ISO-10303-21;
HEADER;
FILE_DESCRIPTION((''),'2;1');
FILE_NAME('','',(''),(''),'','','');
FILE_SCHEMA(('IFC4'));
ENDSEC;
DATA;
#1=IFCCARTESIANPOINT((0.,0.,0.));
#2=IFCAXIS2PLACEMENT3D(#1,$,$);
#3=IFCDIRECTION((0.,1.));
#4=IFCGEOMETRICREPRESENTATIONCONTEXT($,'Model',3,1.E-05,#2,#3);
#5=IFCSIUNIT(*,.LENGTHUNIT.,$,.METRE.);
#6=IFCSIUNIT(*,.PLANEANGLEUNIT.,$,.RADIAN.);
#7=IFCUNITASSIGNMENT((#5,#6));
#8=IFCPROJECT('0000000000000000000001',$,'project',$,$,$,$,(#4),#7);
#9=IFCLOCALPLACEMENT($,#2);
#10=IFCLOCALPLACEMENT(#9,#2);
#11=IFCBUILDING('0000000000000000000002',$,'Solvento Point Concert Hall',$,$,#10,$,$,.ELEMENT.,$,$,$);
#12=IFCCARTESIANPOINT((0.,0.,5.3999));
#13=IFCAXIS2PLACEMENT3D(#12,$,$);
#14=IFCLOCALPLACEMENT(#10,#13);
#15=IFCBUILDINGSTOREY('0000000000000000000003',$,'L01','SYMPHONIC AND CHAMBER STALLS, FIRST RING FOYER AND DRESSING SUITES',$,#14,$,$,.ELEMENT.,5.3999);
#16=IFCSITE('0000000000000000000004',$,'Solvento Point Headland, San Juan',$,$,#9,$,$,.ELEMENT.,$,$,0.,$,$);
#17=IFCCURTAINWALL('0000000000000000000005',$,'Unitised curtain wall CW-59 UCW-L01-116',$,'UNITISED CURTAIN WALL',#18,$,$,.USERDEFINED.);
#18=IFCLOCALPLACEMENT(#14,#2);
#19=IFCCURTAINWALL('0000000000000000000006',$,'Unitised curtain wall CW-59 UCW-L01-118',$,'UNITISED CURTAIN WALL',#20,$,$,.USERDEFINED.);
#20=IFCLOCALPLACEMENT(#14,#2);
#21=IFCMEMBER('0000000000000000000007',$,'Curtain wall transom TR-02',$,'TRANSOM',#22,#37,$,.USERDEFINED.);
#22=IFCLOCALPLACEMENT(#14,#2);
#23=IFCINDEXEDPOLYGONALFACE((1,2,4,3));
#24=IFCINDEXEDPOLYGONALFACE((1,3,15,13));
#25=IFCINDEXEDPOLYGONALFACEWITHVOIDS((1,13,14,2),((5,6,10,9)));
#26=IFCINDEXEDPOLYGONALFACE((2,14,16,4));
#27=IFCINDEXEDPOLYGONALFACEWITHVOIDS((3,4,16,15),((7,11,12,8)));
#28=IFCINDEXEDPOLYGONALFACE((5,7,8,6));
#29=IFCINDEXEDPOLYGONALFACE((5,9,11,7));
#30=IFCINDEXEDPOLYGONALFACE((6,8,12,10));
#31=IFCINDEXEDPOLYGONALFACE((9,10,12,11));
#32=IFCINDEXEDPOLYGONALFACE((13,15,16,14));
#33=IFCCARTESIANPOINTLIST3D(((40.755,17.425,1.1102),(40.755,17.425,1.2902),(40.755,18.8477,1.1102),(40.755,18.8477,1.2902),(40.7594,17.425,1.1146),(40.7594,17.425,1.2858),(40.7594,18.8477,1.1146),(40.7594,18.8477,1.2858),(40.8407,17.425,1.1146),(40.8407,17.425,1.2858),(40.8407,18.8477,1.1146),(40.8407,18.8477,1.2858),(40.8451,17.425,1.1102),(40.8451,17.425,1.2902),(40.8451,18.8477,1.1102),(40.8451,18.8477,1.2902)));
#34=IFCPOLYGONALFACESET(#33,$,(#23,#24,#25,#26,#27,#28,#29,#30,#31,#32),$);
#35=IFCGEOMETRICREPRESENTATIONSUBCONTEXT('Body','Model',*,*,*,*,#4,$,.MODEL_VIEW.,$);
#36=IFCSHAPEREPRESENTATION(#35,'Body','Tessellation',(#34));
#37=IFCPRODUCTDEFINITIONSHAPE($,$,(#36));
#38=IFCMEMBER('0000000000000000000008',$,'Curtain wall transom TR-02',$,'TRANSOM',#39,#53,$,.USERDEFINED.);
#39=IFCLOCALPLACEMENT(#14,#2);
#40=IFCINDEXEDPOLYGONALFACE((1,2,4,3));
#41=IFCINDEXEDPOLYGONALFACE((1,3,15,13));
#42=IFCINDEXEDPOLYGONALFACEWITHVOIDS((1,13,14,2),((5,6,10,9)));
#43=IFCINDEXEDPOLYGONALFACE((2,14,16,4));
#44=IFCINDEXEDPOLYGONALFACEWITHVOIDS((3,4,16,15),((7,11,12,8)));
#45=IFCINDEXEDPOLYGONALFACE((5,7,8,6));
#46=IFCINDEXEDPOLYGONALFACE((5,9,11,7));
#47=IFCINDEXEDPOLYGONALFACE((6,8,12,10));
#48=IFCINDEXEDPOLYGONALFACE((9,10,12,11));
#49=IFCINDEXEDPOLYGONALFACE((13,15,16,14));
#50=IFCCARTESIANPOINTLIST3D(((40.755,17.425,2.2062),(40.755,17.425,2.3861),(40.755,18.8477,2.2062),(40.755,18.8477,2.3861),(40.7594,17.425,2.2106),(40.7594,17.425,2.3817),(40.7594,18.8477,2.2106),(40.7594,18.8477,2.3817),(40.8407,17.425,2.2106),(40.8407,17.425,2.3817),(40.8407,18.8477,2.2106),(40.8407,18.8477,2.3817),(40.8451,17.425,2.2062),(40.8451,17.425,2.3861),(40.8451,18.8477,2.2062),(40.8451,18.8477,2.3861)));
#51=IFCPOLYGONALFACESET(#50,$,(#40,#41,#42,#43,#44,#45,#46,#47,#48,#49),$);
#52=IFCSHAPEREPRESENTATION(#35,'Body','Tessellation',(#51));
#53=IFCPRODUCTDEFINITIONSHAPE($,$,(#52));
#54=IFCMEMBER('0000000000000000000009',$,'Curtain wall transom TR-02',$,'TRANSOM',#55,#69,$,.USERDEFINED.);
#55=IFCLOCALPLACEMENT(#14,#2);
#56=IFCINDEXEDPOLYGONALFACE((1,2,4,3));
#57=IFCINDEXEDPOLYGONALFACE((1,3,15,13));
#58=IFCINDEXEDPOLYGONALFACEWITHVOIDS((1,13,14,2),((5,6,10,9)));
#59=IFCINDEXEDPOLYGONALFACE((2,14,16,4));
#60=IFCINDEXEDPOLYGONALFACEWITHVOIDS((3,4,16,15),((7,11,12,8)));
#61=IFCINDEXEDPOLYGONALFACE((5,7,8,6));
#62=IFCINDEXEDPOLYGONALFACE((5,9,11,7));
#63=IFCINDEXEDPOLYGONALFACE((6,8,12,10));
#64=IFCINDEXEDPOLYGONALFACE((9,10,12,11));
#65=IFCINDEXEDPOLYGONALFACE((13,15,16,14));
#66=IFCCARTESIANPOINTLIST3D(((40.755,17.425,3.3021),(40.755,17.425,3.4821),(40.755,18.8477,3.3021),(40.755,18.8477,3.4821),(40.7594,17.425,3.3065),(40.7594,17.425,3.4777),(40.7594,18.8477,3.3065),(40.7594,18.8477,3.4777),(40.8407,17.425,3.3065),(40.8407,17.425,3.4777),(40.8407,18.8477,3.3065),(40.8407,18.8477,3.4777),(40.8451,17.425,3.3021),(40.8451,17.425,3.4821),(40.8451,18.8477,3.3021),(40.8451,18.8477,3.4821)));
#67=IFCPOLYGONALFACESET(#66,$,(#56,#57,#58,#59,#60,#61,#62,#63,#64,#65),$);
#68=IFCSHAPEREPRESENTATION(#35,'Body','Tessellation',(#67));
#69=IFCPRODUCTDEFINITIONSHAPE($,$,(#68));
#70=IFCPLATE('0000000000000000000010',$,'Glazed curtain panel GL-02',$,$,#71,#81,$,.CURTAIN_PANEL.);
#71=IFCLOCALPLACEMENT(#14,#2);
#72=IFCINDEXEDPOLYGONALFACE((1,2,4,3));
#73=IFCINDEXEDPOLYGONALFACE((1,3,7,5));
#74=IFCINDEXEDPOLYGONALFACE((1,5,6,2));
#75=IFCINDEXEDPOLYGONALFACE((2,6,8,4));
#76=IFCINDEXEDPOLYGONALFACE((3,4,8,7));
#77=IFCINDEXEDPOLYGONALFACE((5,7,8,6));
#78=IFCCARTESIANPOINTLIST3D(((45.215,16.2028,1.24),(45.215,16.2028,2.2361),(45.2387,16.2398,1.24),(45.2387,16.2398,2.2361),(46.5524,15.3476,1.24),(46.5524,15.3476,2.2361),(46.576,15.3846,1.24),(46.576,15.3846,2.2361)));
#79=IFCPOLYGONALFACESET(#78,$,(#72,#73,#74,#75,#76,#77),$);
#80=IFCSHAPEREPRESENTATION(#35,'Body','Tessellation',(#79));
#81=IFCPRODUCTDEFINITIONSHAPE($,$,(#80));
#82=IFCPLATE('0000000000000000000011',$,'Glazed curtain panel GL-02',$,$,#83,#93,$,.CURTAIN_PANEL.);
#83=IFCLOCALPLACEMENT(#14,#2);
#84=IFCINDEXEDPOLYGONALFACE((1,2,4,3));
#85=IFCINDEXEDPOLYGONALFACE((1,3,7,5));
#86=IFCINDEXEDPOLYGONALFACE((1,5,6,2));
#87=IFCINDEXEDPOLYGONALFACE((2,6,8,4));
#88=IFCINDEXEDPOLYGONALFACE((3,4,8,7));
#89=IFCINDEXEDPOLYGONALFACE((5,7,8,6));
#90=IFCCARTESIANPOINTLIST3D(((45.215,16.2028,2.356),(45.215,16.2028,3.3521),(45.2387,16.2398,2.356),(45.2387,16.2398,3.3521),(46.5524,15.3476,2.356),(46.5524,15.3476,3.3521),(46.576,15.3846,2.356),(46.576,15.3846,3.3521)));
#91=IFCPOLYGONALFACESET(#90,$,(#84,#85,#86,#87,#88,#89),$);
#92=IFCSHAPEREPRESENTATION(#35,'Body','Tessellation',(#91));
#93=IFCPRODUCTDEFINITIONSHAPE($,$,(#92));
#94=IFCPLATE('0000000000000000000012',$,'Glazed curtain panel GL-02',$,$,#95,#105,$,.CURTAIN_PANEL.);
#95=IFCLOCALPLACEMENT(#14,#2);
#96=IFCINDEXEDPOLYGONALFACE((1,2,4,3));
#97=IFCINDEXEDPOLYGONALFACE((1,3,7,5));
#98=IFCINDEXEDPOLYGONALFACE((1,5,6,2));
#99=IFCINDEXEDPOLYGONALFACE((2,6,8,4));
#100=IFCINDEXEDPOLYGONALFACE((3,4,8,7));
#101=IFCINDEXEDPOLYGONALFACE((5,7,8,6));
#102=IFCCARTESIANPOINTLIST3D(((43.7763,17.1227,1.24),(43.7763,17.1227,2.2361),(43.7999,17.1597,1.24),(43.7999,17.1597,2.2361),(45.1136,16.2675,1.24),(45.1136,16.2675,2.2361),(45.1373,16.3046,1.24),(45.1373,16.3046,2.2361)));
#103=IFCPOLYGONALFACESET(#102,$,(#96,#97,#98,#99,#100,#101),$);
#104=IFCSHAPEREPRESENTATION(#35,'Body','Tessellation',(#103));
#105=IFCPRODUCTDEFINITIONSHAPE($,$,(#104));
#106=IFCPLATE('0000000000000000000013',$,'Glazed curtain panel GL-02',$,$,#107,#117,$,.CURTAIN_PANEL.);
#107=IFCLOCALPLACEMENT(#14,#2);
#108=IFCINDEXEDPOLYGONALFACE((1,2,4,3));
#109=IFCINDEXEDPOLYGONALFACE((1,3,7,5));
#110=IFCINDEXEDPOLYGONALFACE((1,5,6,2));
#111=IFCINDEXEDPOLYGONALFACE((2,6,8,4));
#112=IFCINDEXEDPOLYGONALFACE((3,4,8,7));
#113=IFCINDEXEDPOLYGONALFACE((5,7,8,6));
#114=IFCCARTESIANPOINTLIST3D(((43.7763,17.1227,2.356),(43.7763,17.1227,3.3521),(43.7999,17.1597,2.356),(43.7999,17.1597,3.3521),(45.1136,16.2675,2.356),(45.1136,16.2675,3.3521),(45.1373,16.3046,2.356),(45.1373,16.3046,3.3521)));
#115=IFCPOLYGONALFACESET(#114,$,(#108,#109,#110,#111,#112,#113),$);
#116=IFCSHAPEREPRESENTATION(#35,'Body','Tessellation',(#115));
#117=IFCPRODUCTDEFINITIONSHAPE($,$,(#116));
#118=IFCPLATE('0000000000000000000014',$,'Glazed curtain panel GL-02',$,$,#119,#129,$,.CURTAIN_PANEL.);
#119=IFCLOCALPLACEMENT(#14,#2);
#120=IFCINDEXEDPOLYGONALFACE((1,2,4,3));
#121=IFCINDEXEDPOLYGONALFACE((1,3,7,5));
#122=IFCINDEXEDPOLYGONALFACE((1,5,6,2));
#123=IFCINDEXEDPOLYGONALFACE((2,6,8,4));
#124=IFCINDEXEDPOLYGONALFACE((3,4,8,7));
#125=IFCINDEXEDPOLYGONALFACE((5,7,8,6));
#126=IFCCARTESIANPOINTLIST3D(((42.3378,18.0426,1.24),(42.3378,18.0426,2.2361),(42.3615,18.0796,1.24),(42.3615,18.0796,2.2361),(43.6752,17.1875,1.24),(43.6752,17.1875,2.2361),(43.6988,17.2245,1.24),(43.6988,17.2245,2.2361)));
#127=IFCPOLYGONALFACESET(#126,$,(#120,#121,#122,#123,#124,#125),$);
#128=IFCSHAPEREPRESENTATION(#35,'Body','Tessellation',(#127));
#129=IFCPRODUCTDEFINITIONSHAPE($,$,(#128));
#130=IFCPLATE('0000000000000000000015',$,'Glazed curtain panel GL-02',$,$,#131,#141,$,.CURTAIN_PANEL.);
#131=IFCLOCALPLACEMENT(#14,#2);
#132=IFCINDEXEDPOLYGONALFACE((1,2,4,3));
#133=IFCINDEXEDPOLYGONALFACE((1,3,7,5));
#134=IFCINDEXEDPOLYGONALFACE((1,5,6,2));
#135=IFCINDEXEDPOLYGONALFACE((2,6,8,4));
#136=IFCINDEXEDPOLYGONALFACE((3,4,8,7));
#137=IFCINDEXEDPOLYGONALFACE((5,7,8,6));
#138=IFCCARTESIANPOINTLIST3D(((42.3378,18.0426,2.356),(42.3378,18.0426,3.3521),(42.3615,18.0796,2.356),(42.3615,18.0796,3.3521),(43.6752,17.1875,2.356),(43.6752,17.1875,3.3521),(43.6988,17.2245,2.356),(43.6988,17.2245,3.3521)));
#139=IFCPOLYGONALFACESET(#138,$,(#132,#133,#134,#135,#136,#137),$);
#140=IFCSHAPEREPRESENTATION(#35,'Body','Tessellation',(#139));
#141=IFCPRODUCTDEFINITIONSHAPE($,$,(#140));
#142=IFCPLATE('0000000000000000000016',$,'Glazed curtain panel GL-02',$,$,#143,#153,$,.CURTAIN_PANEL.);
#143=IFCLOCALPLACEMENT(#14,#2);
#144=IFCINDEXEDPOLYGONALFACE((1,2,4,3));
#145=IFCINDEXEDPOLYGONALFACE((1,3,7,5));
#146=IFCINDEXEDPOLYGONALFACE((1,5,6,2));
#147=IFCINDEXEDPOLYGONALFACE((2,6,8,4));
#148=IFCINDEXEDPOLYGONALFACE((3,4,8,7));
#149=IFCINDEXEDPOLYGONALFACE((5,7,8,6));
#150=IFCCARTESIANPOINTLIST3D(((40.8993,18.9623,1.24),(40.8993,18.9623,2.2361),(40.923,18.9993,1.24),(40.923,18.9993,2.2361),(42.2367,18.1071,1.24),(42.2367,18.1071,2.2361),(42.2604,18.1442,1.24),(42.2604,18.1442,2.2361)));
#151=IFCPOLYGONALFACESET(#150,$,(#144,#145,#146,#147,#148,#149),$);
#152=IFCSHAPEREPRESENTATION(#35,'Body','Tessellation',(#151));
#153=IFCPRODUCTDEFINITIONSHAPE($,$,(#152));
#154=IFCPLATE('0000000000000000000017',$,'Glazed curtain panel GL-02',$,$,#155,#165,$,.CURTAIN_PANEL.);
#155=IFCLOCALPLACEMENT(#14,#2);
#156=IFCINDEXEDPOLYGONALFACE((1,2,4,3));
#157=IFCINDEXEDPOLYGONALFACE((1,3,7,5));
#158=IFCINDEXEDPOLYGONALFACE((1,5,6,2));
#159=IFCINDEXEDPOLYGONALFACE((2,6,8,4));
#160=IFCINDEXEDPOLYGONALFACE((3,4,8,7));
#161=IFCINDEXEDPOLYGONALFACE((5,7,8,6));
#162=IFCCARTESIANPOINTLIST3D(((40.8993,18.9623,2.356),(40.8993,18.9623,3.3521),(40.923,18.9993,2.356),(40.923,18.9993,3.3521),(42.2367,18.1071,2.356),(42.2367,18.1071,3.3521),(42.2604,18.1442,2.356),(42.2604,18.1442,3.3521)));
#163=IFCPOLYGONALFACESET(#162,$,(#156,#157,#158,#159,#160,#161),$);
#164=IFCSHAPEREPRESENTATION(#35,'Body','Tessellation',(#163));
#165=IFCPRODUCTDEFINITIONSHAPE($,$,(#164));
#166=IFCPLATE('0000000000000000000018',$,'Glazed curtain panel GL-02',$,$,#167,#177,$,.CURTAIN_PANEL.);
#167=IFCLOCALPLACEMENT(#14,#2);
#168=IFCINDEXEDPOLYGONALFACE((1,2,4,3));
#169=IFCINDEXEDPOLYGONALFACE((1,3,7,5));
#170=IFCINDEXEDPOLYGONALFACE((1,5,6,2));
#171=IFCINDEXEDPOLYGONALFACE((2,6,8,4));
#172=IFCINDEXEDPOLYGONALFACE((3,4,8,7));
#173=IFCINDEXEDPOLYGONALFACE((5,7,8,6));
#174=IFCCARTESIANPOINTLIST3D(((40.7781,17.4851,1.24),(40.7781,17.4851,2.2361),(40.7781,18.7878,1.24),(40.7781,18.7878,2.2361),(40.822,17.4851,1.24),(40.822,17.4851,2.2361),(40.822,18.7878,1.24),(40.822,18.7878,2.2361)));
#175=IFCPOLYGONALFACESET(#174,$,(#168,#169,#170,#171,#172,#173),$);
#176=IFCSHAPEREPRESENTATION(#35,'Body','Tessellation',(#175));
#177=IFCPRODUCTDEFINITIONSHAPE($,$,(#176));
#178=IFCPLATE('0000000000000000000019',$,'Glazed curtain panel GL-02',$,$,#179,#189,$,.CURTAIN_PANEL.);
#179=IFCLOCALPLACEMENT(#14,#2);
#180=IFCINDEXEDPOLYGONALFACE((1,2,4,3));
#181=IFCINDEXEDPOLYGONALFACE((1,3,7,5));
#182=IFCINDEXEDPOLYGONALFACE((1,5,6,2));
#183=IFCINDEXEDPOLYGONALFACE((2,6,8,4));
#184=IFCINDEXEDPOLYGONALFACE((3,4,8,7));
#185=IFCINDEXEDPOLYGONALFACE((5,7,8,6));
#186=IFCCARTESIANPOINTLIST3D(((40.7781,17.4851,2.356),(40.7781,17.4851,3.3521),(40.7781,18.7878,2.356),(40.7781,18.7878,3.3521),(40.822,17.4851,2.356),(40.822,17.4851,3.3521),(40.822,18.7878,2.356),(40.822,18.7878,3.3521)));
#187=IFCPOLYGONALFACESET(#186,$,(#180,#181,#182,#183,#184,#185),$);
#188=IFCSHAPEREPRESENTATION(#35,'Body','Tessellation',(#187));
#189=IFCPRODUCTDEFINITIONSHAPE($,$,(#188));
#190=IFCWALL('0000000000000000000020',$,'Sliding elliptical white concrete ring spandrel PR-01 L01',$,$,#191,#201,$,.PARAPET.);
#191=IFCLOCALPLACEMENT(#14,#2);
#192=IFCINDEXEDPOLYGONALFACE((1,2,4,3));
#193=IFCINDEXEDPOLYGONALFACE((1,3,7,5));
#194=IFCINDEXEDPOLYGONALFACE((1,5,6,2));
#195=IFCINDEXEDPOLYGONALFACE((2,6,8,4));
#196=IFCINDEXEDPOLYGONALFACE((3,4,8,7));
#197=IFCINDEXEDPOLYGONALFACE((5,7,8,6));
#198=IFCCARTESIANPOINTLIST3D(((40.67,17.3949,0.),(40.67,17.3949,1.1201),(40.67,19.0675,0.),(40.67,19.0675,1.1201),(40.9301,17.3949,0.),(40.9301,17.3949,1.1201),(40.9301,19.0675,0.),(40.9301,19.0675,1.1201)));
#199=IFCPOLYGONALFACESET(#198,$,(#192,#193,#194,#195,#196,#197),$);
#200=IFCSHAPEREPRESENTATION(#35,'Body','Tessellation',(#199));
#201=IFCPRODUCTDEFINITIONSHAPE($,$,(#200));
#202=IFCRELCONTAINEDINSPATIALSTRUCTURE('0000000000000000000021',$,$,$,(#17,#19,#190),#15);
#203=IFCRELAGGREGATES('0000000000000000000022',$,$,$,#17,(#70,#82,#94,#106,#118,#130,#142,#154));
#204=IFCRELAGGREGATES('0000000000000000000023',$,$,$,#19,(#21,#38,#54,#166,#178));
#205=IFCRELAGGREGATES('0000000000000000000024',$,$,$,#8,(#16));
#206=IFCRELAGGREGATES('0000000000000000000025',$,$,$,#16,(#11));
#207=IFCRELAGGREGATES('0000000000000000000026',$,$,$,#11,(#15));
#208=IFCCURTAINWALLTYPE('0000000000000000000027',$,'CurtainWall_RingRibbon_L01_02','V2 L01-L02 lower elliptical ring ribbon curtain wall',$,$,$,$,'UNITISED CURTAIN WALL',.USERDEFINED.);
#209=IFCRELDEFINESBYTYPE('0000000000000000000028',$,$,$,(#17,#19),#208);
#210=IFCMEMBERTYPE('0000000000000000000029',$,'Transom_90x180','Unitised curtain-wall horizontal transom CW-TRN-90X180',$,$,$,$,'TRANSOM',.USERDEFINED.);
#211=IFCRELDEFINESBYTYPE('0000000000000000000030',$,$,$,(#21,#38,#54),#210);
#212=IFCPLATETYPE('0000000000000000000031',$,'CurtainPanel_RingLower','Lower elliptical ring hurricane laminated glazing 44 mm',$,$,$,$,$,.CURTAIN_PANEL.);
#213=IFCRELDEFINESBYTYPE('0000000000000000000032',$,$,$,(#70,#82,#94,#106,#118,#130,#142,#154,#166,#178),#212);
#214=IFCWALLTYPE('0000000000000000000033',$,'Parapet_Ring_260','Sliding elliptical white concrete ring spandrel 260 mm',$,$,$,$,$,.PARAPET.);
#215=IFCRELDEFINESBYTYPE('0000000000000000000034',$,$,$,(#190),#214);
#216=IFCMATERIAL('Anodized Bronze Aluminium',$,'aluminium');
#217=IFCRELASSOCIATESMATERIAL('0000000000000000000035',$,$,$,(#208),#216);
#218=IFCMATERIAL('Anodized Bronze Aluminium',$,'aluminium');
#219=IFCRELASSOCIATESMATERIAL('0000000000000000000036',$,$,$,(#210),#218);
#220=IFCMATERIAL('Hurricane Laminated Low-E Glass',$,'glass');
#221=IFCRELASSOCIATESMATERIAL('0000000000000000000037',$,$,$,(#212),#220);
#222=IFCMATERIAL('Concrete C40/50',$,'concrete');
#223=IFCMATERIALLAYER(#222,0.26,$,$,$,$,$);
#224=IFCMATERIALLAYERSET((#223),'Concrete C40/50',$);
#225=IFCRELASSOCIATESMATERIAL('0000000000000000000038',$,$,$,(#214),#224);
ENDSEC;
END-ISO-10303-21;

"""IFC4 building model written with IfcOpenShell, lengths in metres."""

from ifc_helpers import new_model, si_unit, direction, frame, frame_2d, origin, origin_2d, place, context, subcontext, project, spatial, rectangle, hollow_rectangle, extrude, material, layer, layer_set, material_profile, profile_set, type_object, element, aggregate, save


model = new_model("IFC4")

# Units and contexts
model_context = context("Model", 3, precision=1e-05, world=origin(), true_north=direction((0.0, 1.0)))
body_context = subcontext(model_context, "Body", "Model", "MODEL_VIEW")
ifc_project = project(units=[si_unit("LENGTHUNIT", "METRE"), si_unit("PLANEANGLEUNIT", "RADIAN")], contexts=[model_context])

# Site, building, storey
site_placement = place(None, origin())
site = spatial("IfcSite", under=ifc_project, at=site_placement, Name="Solvento Point Headland, San Juan", CompositionType="ELEMENT", RefElevation=0.0)
building_placement = place(site_placement, origin())
building = spatial("IfcBuilding", under=site, at=building_placement, Name="Solvento Point Concert Hall", CompositionType="ELEMENT")
storey_placement = place(building_placement, frame((0.0, 0.0, 5.3999)))
storey = spatial("IfcBuildingStorey", under=building, at=storey_placement, Name="L01", Description="SYMPHONIC AND CHAMBER STALLS, FIRST RING FOYER AND DRESSING SUITES", CompositionType="ELEMENT", Elevation=5.3999)

# Curtain walls
ifc_material_1 = material(Name="Anodized Bronze Aluminium", Category="aluminium")
curtain_wall_type = type_object("IfcCurtainWallType", Name="CurtainWall_RingRibbon_L01_02", Description="V2 L01-L02 lower elliptical ring ribbon curtain wall", ElementType="UNITISED CURTAIN WALL", PredefinedType="USERDEFINED", material=ifc_material_1)
curtain_wall_1_placement = place(storey_placement, origin())
curtain_wall_1 = element("IfcCurtainWall", 1, at=curtain_wall_1_placement, inside=storey, type_object=curtain_wall_type, Name="Unitised curtain wall CW-59 UCW-L01-116", ObjectType="UNITISED CURTAIN WALL", PredefinedType="USERDEFINED")
curtain_wall_2_placement = place(storey_placement, origin())
curtain_wall_2 = element("IfcCurtainWall", 2, at=curtain_wall_2_placement, inside=storey, type_object=curtain_wall_type, Name="Unitised curtain wall CW-59 UCW-L01-118", ObjectType="UNITISED CURTAIN WALL", PredefinedType="USERDEFINED")

# Members
ifc_material_2 = material(Name="Anodized Bronze Aluminium", Category="aluminium")
ifc_material_profile_1 = material_profile(ifc_material_2, hollow_rectangle(XDim=0.0901, YDim=0.1799, WallThickness=0.0044, at=origin_2d()), Name="CW-TRN-90X180")
ifc_profile_set_1 = profile_set([ifc_material_profile_1], Name="Anodized Bronze Aluminium")
member_type_1 = type_object("IfcMemberType", Name="Transom_90x180", Description="Unitised curtain-wall horizontal transom CW-TRN-90X180", ElementType="TRANSOM", PredefinedType="USERDEFINED", material=ifc_profile_set_1)
member_1_placement = place(storey_placement, frame((40.8, 17.425, 1.2002), z_axis=(0.0, 1.0, 0.0), x_axis=(-1.0, 0.0, 0.0)))
member_1 = element("IfcMember", 3, at=member_1_placement, type_object=member_type_1, Name="Curtain wall transom TR-02", ObjectType="TRANSOM", PredefinedType="USERDEFINED", context=body_context, shape_type="SweptSolid", body=[
    extrude(hollow_rectangle(XDim=0.0901, YDim=0.1799, WallThickness=0.0044, at=origin_2d()), origin(), (0.0, 0.0, 1.0), 1.4226),
])
member_2_placement = place(storey_placement, frame((40.8, 17.425, 2.2961), z_axis=(0.0, 1.0, 0.0), x_axis=(-1.0, 0.0, 0.0)))
member_2 = element("IfcMember", 4, at=member_2_placement, type_object=member_type_1, Name="Curtain wall transom TR-02", ObjectType="TRANSOM", PredefinedType="USERDEFINED", context=body_context, shape_type="SweptSolid", body=[
    extrude(hollow_rectangle(XDim=0.0901, YDim=0.1799, WallThickness=0.0044, at=origin_2d()), origin(), (0.0, 0.0, 1.0), 1.4226),
])
member_3_placement = place(storey_placement, frame((40.8, 17.425, 3.3921), z_axis=(0.0, 1.0, 0.0), x_axis=(-1.0, 0.0, 0.0)))
member_3 = element("IfcMember", 5, at=member_3_placement, type_object=member_type_1, Name="Curtain wall transom TR-02", ObjectType="TRANSOM", PredefinedType="USERDEFINED", context=body_context, shape_type="SweptSolid", body=[
    extrude(hollow_rectangle(XDim=0.0901, YDim=0.1799, WallThickness=0.0044, at=origin_2d()), origin(), (0.0, 0.0, 1.0), 1.4226),
])

# Plates
ifc_material_3 = material(Name="Hurricane Laminated Low-E Glass", Category="glass")
plate_type = type_object("IfcPlateType", Name="CurtainPanel_RingLower", Description="Lower elliptical ring hurricane laminated glazing 44 mm", PredefinedType="CURTAIN_PANEL", material=ifc_material_3)
plate_1_placement = place(storey_placement, frame((45.8955, 15.7937, 1.24), z_axis=(0.0, 0.0, 1.0), x_axis=(-0.84249, 0.538712, 0.0)))
plate_1 = element("IfcPlate", 6, at=plate_1_placement, type_object=plate_type, Name="Glazed curtain panel GL-02", PredefinedType="CURTAIN_PANEL", context=body_context, shape_type="SweptSolid", body=[
    extrude(rectangle(XDim=1.5874, YDim=0.0439, at=origin_2d()), origin(), (0.0, 0.0, 1.0), 0.9961),
])
plate_2_placement = place(storey_placement, frame((45.8955, 15.7937, 2.356), z_axis=(0.0, 0.0, 1.0), x_axis=(-0.84249, 0.538712, 0.0)))
plate_2 = element("IfcPlate", 7, at=plate_2_placement, type_object=plate_type, Name="Glazed curtain panel GL-02", PredefinedType="CURTAIN_PANEL", context=body_context, shape_type="SweptSolid", body=[
    extrude(rectangle(XDim=1.5874, YDim=0.0439, at=origin_2d()), origin(), (0.0, 0.0, 1.0), 0.9961),
])
plate_3_placement = place(storey_placement, frame((44.4568, 16.7136, 1.24), z_axis=(0.0, 0.0, 1.0), x_axis=(-0.84249, 0.538712, 0.0)))
plate_3 = element("IfcPlate", 8, at=plate_3_placement, type_object=plate_type, Name="Glazed curtain panel GL-02", PredefinedType="CURTAIN_PANEL", context=body_context, shape_type="SweptSolid", body=[
    extrude(rectangle(XDim=1.5874, YDim=0.0439, at=origin_2d()), origin(), (0.0, 0.0, 1.0), 0.9961),
])
plate_4_placement = place(storey_placement, frame((44.4568, 16.7136, 2.356), z_axis=(0.0, 0.0, 1.0), x_axis=(-0.84249, 0.538712, 0.0)))
plate_4 = element("IfcPlate", 9, at=plate_4_placement, type_object=plate_type, Name="Glazed curtain panel GL-02", PredefinedType="CURTAIN_PANEL", context=body_context, shape_type="SweptSolid", body=[
    extrude(rectangle(XDim=1.5874, YDim=0.0439, at=origin_2d()), origin(), (0.0, 0.0, 1.0), 0.9961),
])
plate_5_placement = place(storey_placement, frame((43.0183, 17.6335, 1.24), z_axis=(0.0, 0.0, 1.0), x_axis=(-0.84249, 0.538712, 0.0)))
plate_5 = element("IfcPlate", 10, at=plate_5_placement, type_object=plate_type, Name="Glazed curtain panel GL-02", PredefinedType="CURTAIN_PANEL", context=body_context, shape_type="SweptSolid", body=[
    extrude(rectangle(XDim=1.5874, YDim=0.0439, at=origin_2d()), origin(), (0.0, 0.0, 1.0), 0.9961),
])
plate_6_placement = place(storey_placement, frame((43.0183, 17.6335, 2.356), z_axis=(0.0, 0.0, 1.0), x_axis=(-0.84249, 0.538712, 0.0)))
plate_6 = element("IfcPlate", 11, at=plate_6_placement, type_object=plate_type, Name="Glazed curtain panel GL-02", PredefinedType="CURTAIN_PANEL", context=body_context, shape_type="SweptSolid", body=[
    extrude(rectangle(XDim=1.5874, YDim=0.0439, at=origin_2d()), origin(), (0.0, 0.0, 1.0), 0.9961),
])
plate_7_placement = place(storey_placement, frame((41.5798, 18.5532, 1.24), z_axis=(0.0, 0.0, 1.0), x_axis=(-0.84249, 0.538712, 0.0)))
plate_7 = element("IfcPlate", 12, at=plate_7_placement, type_object=plate_type, Name="Glazed curtain panel GL-02", PredefinedType="CURTAIN_PANEL", context=body_context, shape_type="SweptSolid", body=[
    extrude(rectangle(XDim=1.5874, YDim=0.0439, at=origin_2d()), origin(), (0.0, 0.0, 1.0), 0.9961),
])
plate_8_placement = place(storey_placement, frame((41.5798, 18.5532, 2.356), z_axis=(0.0, 0.0, 1.0), x_axis=(-0.84249, 0.538712, 0.0)))
plate_8 = element("IfcPlate", 13, at=plate_8_placement, type_object=plate_type, Name="Glazed curtain panel GL-02", PredefinedType="CURTAIN_PANEL", context=body_context, shape_type="SweptSolid", body=[
    extrude(rectangle(XDim=1.5874, YDim=0.0439, at=origin_2d()), origin(), (0.0, 0.0, 1.0), 0.9961),
])
aggregate(curtain_wall_1, [plate_1, plate_2, plate_3, plate_4, plate_5, plate_6, plate_7, plate_8])
plate_9_placement = place(storey_placement, frame((40.8, 18.1365, 1.24), z_axis=(0.0, 0.0, 1.0), x_axis=(0.0, 1.0, 0.0)))
plate_9 = element("IfcPlate", 14, at=plate_9_placement, type_object=plate_type, Name="Glazed curtain panel GL-02", PredefinedType="CURTAIN_PANEL", context=body_context, shape_type="SweptSolid", body=[
    extrude(rectangle(XDim=1.3027, YDim=0.0439, at=origin_2d()), origin(), (0.0, 0.0, 1.0), 0.9961),
])
plate_10_placement = place(storey_placement, frame((40.8, 18.1365, 2.356), z_axis=(0.0, 0.0, 1.0), x_axis=(0.0, 1.0, 0.0)))
plate_10 = element("IfcPlate", 15, at=plate_10_placement, type_object=plate_type, Name="Glazed curtain panel GL-02", PredefinedType="CURTAIN_PANEL", context=body_context, shape_type="SweptSolid", body=[
    extrude(rectangle(XDim=1.3027, YDim=0.0439, at=origin_2d()), origin(), (0.0, 0.0, 1.0), 0.9961),
])
aggregate(curtain_wall_2, [member_1, member_2, member_3, plate_9, plate_10])

# Wall
ifc_material_4 = material(Name="Concrete C40/50", Category="concrete")
ifc_layer = layer(ifc_material_4, 0.26)
ifc_layer_set = layer_set([ifc_layer], Name="Concrete C40/50")
wall_type = type_object("IfcWallType", Name="Parapet_Ring_260", Description="Sliding elliptical white concrete ring spandrel 260 mm", PredefinedType="PARAPET", material=ifc_layer_set)
wall_placement = place(storey_placement, frame((40.8, 19.0676, 0.0), z_axis=(0.0, 0.0, 1.0), x_axis=(0.0, -1.0, 0.0)))
element("IfcWall", 16, at=wall_placement, inside=storey, type_object=wall_type, Name="Sliding elliptical white concrete ring spandrel PR-01 L01", PredefinedType="PARAPET", context=body_context, shape_type="SweptSolid", body=[
    extrude(rectangle(XDim=1.6726, YDim=0.26, at=frame_2d((0.8364, 0.0))), origin(), (0.0, 0.0, 1.0), 1.1201),
])

save(model, "model.ifc")
